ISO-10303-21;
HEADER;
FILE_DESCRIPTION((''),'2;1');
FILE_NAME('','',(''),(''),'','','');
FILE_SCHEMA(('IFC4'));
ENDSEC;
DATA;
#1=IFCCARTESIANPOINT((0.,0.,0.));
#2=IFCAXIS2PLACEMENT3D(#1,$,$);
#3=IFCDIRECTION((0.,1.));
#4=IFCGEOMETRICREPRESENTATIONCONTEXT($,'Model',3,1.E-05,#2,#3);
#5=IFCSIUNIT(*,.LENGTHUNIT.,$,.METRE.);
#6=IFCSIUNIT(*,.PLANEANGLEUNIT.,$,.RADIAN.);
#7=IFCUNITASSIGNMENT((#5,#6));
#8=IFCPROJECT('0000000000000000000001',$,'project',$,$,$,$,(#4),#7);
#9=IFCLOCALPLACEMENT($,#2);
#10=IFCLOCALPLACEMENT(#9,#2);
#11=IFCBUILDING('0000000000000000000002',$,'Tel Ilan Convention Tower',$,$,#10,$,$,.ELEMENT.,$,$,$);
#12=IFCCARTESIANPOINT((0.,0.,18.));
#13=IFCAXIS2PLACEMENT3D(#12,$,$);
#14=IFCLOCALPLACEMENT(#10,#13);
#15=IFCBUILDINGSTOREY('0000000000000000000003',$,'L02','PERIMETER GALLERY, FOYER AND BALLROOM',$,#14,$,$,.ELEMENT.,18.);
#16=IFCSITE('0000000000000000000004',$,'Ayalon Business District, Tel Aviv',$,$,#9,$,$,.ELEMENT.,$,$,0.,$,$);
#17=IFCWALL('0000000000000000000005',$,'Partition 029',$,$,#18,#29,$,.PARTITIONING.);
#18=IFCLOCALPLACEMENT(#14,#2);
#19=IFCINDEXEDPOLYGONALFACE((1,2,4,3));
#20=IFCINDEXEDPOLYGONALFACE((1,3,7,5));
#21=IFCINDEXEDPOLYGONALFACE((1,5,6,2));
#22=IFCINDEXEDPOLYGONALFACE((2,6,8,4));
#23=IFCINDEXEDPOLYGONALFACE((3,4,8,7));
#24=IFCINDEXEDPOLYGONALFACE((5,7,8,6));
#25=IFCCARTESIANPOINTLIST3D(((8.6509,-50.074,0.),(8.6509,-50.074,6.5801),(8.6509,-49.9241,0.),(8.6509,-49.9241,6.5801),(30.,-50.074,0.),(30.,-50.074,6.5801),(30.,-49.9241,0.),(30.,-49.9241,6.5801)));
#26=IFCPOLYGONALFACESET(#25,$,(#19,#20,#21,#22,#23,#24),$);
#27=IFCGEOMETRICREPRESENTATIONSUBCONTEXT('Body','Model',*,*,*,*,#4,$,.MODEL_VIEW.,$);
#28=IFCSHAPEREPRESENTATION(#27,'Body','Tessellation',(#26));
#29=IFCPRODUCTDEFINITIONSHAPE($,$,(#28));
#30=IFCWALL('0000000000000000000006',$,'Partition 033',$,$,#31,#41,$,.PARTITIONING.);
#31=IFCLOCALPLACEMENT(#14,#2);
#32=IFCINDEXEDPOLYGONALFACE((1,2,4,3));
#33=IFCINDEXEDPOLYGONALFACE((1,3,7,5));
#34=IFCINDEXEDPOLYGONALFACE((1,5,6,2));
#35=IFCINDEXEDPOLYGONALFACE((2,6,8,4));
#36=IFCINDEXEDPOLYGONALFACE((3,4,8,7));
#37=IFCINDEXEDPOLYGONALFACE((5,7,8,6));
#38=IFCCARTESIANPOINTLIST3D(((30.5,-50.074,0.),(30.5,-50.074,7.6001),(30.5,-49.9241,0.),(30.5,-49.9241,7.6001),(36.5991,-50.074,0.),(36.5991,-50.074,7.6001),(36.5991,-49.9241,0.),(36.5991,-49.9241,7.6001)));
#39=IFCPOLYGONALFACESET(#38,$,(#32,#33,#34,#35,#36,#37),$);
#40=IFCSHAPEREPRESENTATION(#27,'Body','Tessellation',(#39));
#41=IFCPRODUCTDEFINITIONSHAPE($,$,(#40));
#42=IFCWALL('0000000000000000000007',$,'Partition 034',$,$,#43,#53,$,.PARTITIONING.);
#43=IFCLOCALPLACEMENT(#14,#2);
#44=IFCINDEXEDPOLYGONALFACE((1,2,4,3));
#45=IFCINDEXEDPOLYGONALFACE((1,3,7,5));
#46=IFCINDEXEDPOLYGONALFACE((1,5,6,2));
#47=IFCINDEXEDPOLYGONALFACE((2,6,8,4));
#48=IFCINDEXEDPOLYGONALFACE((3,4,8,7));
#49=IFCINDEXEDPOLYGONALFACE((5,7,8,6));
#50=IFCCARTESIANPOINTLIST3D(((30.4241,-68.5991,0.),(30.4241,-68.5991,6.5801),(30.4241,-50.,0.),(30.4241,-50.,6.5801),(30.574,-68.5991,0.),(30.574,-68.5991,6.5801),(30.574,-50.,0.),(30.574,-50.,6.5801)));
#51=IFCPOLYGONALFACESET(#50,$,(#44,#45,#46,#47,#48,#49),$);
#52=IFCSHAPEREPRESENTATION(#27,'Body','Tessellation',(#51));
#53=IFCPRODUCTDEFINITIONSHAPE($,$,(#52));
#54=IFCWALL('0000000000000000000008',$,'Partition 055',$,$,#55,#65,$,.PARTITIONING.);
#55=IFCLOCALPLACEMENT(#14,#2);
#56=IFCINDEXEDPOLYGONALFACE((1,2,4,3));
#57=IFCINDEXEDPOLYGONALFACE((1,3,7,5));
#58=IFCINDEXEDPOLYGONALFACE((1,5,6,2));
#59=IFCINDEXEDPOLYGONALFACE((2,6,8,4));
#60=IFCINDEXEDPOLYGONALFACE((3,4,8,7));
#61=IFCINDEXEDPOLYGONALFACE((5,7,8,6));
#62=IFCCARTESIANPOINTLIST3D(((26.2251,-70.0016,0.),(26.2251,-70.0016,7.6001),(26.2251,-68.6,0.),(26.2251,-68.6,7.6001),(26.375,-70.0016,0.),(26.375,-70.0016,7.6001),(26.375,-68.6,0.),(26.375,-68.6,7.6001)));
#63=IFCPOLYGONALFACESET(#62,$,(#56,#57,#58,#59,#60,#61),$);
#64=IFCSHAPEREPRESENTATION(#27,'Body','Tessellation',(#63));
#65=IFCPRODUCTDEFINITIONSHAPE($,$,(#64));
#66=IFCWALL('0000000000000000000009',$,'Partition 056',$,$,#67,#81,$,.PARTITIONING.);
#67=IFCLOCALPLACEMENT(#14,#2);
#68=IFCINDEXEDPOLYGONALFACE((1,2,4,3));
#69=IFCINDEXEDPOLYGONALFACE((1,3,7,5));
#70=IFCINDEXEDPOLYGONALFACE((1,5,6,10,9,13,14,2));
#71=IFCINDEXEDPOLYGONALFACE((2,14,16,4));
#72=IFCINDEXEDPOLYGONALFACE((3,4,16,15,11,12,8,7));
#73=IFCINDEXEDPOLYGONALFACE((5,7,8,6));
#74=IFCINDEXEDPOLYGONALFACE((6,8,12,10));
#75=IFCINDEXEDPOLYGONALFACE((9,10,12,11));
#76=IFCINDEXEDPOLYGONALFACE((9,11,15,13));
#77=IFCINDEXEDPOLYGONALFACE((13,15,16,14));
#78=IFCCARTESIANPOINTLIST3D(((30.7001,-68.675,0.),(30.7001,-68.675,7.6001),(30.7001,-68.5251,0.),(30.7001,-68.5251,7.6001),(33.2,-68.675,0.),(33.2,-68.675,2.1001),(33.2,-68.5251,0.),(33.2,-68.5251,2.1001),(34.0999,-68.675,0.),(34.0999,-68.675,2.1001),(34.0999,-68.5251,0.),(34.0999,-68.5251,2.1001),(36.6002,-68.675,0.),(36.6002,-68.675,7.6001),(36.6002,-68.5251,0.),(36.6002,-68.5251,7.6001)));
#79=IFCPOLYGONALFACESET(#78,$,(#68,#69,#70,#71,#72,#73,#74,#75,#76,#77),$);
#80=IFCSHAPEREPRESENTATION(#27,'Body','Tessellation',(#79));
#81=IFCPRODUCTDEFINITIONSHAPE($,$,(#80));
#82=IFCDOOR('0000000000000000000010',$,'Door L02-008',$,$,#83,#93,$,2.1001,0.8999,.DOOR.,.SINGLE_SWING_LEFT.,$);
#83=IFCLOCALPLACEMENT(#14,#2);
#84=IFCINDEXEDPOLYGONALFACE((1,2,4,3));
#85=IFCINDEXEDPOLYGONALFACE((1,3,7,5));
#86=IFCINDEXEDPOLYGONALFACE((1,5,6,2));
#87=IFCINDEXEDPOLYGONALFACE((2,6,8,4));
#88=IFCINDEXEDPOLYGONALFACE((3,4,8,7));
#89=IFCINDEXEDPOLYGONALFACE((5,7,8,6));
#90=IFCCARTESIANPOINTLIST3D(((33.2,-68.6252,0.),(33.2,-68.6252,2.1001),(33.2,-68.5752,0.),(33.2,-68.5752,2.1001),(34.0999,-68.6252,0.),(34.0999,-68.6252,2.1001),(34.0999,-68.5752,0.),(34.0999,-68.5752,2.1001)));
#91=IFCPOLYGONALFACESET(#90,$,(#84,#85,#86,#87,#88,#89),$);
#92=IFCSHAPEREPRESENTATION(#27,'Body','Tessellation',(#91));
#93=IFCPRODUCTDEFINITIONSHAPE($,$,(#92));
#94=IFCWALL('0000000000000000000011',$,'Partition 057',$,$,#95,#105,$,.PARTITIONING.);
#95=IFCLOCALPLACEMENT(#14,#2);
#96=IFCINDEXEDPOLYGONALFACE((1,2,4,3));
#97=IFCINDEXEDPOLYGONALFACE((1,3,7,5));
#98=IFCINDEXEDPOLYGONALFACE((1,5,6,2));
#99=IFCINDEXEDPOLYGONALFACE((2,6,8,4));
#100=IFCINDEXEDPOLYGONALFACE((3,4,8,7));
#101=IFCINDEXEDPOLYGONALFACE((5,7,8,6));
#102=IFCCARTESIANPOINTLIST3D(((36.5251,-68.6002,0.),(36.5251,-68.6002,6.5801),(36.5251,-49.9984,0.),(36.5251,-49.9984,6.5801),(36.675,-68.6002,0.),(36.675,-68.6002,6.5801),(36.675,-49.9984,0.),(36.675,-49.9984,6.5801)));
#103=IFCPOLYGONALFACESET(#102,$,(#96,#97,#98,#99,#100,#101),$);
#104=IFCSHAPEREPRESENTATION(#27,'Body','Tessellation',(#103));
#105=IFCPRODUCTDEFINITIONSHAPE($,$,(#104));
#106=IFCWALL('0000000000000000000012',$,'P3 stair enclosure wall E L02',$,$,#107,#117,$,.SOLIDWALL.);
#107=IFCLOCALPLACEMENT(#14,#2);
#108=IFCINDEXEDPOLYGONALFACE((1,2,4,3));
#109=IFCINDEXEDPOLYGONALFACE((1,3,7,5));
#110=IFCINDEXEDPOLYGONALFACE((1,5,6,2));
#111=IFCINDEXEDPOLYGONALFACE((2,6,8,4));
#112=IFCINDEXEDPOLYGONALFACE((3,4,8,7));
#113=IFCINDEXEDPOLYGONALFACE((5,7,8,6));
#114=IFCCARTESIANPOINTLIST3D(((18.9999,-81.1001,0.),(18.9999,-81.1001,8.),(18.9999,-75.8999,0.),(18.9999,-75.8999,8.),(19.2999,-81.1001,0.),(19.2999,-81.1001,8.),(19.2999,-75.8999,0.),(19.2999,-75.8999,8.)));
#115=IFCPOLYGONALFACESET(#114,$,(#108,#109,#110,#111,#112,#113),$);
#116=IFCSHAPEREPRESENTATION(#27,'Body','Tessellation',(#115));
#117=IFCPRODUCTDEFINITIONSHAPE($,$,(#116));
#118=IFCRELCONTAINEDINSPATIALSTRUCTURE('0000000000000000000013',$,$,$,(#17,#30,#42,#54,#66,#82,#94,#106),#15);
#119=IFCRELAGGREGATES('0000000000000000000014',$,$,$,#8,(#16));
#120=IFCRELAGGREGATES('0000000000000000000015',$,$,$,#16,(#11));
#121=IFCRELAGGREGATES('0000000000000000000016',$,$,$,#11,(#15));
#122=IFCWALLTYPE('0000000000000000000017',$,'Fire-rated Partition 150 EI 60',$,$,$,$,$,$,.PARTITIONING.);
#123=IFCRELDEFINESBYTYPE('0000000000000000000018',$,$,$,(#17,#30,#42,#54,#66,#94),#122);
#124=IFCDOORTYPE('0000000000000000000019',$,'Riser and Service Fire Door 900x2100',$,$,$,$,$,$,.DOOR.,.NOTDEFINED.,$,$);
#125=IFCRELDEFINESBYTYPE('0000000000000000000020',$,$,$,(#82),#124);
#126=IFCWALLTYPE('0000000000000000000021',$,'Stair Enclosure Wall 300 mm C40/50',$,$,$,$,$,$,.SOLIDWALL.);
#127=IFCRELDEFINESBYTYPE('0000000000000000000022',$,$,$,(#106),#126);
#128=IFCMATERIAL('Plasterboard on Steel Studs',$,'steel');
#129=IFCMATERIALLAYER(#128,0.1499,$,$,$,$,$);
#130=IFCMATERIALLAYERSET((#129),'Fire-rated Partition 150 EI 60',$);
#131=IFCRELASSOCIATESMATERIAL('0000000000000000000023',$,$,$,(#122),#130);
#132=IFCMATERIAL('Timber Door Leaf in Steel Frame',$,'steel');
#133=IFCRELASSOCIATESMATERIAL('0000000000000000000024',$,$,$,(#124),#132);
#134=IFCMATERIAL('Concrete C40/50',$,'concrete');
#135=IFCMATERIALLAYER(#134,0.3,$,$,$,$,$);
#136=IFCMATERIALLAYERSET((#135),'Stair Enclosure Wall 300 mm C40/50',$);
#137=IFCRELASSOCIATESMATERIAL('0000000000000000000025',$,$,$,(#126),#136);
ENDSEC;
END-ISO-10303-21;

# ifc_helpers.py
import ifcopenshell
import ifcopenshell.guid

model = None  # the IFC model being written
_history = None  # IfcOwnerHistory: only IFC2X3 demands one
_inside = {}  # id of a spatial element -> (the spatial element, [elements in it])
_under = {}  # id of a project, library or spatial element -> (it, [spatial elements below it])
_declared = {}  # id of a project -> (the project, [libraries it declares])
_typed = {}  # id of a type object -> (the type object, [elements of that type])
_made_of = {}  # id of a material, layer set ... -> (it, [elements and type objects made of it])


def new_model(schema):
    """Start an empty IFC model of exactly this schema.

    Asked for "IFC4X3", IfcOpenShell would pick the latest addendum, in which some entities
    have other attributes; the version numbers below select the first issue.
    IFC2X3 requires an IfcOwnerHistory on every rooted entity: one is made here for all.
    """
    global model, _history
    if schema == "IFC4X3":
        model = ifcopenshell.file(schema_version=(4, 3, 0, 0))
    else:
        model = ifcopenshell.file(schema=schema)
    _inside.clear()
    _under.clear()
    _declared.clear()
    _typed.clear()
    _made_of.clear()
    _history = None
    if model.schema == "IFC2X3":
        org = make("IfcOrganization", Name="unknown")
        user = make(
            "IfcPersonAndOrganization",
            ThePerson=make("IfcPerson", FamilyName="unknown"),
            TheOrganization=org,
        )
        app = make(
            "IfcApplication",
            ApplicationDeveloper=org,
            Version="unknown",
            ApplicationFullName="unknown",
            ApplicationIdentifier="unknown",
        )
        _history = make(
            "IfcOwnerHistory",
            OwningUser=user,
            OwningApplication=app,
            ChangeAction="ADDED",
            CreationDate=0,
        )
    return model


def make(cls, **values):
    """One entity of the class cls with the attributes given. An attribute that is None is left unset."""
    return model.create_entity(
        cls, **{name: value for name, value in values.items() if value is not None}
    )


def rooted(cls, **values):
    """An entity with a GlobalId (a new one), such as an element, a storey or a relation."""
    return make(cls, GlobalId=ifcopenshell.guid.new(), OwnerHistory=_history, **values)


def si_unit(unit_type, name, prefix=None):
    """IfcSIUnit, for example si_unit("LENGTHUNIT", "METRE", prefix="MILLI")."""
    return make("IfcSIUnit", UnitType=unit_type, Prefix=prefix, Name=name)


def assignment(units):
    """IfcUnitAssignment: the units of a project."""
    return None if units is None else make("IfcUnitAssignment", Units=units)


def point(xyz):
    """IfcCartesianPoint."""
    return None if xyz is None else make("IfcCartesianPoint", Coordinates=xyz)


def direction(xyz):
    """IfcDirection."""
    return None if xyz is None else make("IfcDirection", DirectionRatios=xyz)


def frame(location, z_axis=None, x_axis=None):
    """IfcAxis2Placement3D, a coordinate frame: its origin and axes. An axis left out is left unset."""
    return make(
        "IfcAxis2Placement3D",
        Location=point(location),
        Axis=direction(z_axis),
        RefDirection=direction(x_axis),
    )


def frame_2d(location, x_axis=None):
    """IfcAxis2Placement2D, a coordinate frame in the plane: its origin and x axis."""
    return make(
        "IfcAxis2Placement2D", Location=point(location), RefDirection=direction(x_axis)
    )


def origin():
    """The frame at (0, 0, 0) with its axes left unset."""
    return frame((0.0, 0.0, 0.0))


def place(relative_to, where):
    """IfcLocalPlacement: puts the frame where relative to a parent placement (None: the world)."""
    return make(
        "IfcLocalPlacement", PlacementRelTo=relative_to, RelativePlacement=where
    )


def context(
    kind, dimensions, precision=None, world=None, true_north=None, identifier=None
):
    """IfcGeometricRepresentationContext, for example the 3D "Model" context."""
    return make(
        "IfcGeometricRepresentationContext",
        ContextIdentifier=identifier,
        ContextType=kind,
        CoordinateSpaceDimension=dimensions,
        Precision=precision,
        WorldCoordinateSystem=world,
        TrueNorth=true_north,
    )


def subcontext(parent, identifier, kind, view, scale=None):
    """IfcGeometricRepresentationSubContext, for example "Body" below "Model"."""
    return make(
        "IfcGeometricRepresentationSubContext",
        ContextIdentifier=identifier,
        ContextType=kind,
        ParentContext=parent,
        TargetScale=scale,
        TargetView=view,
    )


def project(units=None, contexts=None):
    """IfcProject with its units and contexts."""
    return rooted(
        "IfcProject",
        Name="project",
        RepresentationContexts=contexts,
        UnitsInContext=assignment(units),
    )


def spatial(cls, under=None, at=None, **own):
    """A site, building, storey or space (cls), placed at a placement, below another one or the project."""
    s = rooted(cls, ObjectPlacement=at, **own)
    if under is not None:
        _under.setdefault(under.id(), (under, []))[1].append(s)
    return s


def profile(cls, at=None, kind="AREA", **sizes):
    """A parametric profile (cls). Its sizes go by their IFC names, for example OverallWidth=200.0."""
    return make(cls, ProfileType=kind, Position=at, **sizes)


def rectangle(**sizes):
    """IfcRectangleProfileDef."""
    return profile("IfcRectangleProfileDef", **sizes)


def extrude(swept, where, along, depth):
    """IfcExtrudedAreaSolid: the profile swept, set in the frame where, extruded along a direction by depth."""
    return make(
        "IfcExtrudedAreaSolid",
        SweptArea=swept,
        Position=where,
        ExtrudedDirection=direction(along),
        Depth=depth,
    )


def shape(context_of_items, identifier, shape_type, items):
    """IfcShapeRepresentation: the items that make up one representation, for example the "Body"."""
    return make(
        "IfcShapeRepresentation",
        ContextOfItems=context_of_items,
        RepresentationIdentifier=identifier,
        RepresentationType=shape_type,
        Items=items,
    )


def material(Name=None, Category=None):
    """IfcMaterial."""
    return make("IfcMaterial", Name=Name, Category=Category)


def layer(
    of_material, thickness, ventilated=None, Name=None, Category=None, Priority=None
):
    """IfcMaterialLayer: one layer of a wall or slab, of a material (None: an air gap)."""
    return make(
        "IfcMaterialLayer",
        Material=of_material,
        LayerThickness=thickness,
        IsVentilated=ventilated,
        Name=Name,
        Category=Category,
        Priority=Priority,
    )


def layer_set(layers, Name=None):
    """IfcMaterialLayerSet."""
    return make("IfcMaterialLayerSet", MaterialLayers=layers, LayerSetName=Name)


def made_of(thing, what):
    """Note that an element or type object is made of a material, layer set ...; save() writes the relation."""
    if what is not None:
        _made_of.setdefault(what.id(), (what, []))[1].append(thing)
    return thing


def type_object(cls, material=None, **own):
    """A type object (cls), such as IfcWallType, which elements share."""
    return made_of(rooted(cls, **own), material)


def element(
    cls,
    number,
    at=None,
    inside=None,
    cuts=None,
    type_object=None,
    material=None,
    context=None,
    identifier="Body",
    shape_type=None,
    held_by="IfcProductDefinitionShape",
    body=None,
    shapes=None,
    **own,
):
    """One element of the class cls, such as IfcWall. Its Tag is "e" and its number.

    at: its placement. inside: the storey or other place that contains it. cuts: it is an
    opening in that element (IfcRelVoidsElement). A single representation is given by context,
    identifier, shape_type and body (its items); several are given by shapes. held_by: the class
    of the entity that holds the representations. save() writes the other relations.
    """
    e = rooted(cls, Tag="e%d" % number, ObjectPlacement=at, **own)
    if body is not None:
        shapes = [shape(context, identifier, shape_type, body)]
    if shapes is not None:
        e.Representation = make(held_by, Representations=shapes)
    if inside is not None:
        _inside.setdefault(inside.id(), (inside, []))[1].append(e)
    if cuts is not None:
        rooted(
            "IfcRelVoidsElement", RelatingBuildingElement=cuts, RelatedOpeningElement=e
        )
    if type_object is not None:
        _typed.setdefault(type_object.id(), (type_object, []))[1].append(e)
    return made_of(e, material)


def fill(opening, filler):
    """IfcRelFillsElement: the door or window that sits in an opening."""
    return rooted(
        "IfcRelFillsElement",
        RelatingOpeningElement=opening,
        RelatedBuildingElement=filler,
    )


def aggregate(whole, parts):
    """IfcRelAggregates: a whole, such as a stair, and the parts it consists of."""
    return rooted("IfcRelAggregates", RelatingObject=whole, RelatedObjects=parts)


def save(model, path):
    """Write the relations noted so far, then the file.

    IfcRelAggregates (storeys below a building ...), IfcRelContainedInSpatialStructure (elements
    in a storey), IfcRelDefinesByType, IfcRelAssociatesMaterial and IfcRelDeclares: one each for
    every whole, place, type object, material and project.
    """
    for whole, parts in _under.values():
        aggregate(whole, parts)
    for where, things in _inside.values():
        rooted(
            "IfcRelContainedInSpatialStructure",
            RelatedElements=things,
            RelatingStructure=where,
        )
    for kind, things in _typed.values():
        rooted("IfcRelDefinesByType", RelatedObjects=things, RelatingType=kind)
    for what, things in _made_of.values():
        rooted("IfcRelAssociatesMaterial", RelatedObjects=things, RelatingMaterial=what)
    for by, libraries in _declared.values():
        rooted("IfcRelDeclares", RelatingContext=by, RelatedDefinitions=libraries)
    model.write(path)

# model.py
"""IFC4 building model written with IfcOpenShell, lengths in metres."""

from ifc_helpers import new_model, si_unit, direction, frame, frame_2d, origin, place, context, subcontext, project, spatial, rectangle, extrude, material, layer, layer_set, type_object, element, fill, save


model = new_model("IFC4")

# Units and contexts
model_context = context("Model", 3, precision=1e-05, world=origin(), true_north=direction((0.0, 1.0)))
body_context = subcontext(model_context, "Body", "Model", "MODEL_VIEW")
ifc_project = project(units=[si_unit("LENGTHUNIT", "METRE"), si_unit("PLANEANGLEUNIT", "RADIAN")], contexts=[model_context])

# Site, building, storey
site_placement = place(None, origin())
site = spatial("IfcSite", under=ifc_project, at=site_placement, Name="Ayalon Business District, Tel Aviv", CompositionType="ELEMENT", RefElevation=0.0)
building_placement = place(site_placement, origin())
building = spatial("IfcBuilding", under=site, at=building_placement, Name="Tel Ilan Convention Tower", CompositionType="ELEMENT")
storey_placement = place(building_placement, frame((0.0, 0.0, 18.0)))
storey = spatial("IfcBuildingStorey", under=building, at=storey_placement, Name="L02", Description="PERIMETER GALLERY, FOYER AND BALLROOM", CompositionType="ELEMENT", Elevation=18.0)

# Walls
ifc_material_1 = material(Name="Plasterboard on Steel Studs", Category="steel")
ifc_layer_1 = layer(ifc_material_1, 0.1499)
ifc_layer_set_1 = layer_set([ifc_layer_1], Name="Fire-rated Partition 150 EI 60")
wall_type_1 = type_object("IfcWallType", Name="Fire-rated Partition 150 EI 60", PredefinedType="PARTITIONING", material=ifc_layer_set_1)
wall_1_placement = place(storey_placement, frame((30.0, -49.999, 0.0), z_axis=(0.0, 0.0, 1.0), x_axis=(-1.0, 0.0, 0.0)))
element("IfcWall", 1, at=wall_1_placement, inside=storey, type_object=wall_type_1, Name="Partition 029", PredefinedType="PARTITIONING", context=body_context, shape_type="SweptSolid", body=[
    extrude(rectangle(XDim=21.3491, YDim=0.1499, at=frame_2d((10.6746, 0.0))), origin(), (0.0, 0.0, 1.0), 6.5801),
])
wall_2_placement = place(storey_placement, frame((36.5991, -49.999, 0.0), z_axis=(0.0, 0.0, 1.0), x_axis=(-1.0, 0.0, 0.0)))
element("IfcWall", 2, at=wall_2_placement, inside=storey, type_object=wall_type_1, Name="Partition 033", PredefinedType="PARTITIONING", context=body_context, shape_type="SweptSolid", body=[
    extrude(rectangle(XDim=6.0991, YDim=0.1499, at=frame_2d((3.0496, 0.0))), origin(), (0.0, 0.0, 1.0), 7.6001),
])
wall_3_placement = place(storey_placement, frame((30.499, -50.0, 0.0), z_axis=(0.0, 0.0, 1.0), x_axis=(0.0, -1.0, 0.0)))
element("IfcWall", 3, at=wall_3_placement, inside=storey, type_object=wall_type_1, Name="Partition 034", PredefinedType="PARTITIONING", context=body_context, shape_type="SweptSolid", body=[
    extrude(rectangle(XDim=18.5991, YDim=0.1499, at=frame_2d((9.2996, 0.0))), origin(), (0.0, 0.0, 1.0), 6.5801),
])
wall_4_placement = place(storey_placement, frame((26.3, -68.6001, 0.0), z_axis=(0.0, 0.0, 1.0), x_axis=(0.0, -1.0, 0.0)))
element("IfcWall", 4, at=wall_4_placement, inside=storey, type_object=wall_type_1, Name="Partition 055", PredefinedType="PARTITIONING", context=body_context, shape_type="SweptSolid", body=[
    extrude(rectangle(XDim=1.4016, YDim=0.1499, at=frame_2d((0.7007, 0.0))), origin(), (0.0, 0.0, 1.0), 7.6001),
])

# Wall, opening, door
wall_5_placement = place(storey_placement, frame((30.7, -68.6001, 0.0), z_axis=(0.0, 0.0, 1.0), x_axis=(1.0, 0.0, 0.0)))
wall_5 = element("IfcWall", 5, at=wall_5_placement, inside=storey, type_object=wall_type_1, Name="Partition 056", PredefinedType="PARTITIONING", context=body_context, shape_type="SweptSolid", body=[
    extrude(rectangle(XDim=5.9001, YDim=0.1499, at=frame_2d((2.9502, 0.0))), origin(), (0.0, 0.0, 1.0), 7.6001),
])
opening_placement = place(wall_5_placement, frame((2.5, 0.0, 0.0)))
opening = element("IfcOpeningElement", 6, at=opening_placement, cuts=wall_5, PredefinedType="OPENING", context=body_context, shape_type="SweptSolid", body=[
    extrude(rectangle(XDim=0.8999, YDim=2.1001, at=frame_2d((0.45, 1.05))), frame((0.0, 0.085, 0.0), z_axis=(0.0, -1.0, 0.0), x_axis=(1.0, 0.0, 0.0)), (0.0, 0.0, 1.0), 0.1699),
])
ifc_material_2 = material(Name="Timber Door Leaf in Steel Frame", Category="steel")
door_type = type_object("IfcDoorType", Name="Riser and Service Fire Door 900x2100", OperationType="NOTDEFINED", PredefinedType="DOOR", material=ifc_material_2)
door_placement = place(opening_placement, origin())
door = element("IfcDoor", 7, at=door_placement, inside=storey, type_object=door_type, Name="Door L02-008", OperationType="SINGLE_SWING_LEFT", OverallHeight=2.1001, OverallWidth=0.8999, PredefinedType="DOOR", context=body_context, shape_type="SweptSolid", body=[
    extrude(rectangle(XDim=0.8999, YDim=2.1001, at=frame_2d((0.45, 1.05))), frame((0.0, 0.0249, 0.0), z_axis=(0.0, -1.0, 0.0), x_axis=(1.0, 0.0, 0.0)), (0.0, 0.0, 1.0), 0.05),
])
fill(opening, door)

# Walls
wall_6_placement = place(storey_placement, frame((36.6001, -68.6001, 0.0), z_axis=(0.0, 0.0, 1.0), x_axis=(0.0, 1.0, 0.0)))
element("IfcWall", 8, at=wall_6_placement, inside=storey, type_object=wall_type_1, Name="Partition 057", PredefinedType="PARTITIONING", context=body_context, shape_type="SweptSolid", body=[
    extrude(rectangle(XDim=18.6018, YDim=0.1499, at=frame_2d((9.3008, 0.0))), origin(), (0.0, 0.0, 1.0), 6.5801),
])
ifc_material_3 = material(Name="Concrete C40/50", Category="concrete")
ifc_layer_2 = layer(ifc_material_3, 0.3)
ifc_layer_set_2 = layer_set([ifc_layer_2], Name="Stair Enclosure Wall 300 mm C40/50")
wall_type_2 = type_object("IfcWallType", Name="Stair Enclosure Wall 300 mm C40/50", PredefinedType="SOLIDWALL", material=ifc_layer_set_2)
wall_7_placement = place(storey_placement, frame((19.1499, -81.1001, 0.0), z_axis=(0.0, 0.0, 1.0), x_axis=(0.0, 1.0, 0.0)))
element("IfcWall", 9, at=wall_7_placement, inside=storey, type_object=wall_type_2, Name="P3 stair enclosure wall E L02", PredefinedType="SOLIDWALL", context=body_context, shape_type="SweptSolid", body=[
    extrude(rectangle(XDim=5.2002, YDim=0.3, at=frame_2d((2.6001, 0.0))), origin(), (0.0, 0.0, 1.0), 8.0),
])

save(model, "model.ifc")
